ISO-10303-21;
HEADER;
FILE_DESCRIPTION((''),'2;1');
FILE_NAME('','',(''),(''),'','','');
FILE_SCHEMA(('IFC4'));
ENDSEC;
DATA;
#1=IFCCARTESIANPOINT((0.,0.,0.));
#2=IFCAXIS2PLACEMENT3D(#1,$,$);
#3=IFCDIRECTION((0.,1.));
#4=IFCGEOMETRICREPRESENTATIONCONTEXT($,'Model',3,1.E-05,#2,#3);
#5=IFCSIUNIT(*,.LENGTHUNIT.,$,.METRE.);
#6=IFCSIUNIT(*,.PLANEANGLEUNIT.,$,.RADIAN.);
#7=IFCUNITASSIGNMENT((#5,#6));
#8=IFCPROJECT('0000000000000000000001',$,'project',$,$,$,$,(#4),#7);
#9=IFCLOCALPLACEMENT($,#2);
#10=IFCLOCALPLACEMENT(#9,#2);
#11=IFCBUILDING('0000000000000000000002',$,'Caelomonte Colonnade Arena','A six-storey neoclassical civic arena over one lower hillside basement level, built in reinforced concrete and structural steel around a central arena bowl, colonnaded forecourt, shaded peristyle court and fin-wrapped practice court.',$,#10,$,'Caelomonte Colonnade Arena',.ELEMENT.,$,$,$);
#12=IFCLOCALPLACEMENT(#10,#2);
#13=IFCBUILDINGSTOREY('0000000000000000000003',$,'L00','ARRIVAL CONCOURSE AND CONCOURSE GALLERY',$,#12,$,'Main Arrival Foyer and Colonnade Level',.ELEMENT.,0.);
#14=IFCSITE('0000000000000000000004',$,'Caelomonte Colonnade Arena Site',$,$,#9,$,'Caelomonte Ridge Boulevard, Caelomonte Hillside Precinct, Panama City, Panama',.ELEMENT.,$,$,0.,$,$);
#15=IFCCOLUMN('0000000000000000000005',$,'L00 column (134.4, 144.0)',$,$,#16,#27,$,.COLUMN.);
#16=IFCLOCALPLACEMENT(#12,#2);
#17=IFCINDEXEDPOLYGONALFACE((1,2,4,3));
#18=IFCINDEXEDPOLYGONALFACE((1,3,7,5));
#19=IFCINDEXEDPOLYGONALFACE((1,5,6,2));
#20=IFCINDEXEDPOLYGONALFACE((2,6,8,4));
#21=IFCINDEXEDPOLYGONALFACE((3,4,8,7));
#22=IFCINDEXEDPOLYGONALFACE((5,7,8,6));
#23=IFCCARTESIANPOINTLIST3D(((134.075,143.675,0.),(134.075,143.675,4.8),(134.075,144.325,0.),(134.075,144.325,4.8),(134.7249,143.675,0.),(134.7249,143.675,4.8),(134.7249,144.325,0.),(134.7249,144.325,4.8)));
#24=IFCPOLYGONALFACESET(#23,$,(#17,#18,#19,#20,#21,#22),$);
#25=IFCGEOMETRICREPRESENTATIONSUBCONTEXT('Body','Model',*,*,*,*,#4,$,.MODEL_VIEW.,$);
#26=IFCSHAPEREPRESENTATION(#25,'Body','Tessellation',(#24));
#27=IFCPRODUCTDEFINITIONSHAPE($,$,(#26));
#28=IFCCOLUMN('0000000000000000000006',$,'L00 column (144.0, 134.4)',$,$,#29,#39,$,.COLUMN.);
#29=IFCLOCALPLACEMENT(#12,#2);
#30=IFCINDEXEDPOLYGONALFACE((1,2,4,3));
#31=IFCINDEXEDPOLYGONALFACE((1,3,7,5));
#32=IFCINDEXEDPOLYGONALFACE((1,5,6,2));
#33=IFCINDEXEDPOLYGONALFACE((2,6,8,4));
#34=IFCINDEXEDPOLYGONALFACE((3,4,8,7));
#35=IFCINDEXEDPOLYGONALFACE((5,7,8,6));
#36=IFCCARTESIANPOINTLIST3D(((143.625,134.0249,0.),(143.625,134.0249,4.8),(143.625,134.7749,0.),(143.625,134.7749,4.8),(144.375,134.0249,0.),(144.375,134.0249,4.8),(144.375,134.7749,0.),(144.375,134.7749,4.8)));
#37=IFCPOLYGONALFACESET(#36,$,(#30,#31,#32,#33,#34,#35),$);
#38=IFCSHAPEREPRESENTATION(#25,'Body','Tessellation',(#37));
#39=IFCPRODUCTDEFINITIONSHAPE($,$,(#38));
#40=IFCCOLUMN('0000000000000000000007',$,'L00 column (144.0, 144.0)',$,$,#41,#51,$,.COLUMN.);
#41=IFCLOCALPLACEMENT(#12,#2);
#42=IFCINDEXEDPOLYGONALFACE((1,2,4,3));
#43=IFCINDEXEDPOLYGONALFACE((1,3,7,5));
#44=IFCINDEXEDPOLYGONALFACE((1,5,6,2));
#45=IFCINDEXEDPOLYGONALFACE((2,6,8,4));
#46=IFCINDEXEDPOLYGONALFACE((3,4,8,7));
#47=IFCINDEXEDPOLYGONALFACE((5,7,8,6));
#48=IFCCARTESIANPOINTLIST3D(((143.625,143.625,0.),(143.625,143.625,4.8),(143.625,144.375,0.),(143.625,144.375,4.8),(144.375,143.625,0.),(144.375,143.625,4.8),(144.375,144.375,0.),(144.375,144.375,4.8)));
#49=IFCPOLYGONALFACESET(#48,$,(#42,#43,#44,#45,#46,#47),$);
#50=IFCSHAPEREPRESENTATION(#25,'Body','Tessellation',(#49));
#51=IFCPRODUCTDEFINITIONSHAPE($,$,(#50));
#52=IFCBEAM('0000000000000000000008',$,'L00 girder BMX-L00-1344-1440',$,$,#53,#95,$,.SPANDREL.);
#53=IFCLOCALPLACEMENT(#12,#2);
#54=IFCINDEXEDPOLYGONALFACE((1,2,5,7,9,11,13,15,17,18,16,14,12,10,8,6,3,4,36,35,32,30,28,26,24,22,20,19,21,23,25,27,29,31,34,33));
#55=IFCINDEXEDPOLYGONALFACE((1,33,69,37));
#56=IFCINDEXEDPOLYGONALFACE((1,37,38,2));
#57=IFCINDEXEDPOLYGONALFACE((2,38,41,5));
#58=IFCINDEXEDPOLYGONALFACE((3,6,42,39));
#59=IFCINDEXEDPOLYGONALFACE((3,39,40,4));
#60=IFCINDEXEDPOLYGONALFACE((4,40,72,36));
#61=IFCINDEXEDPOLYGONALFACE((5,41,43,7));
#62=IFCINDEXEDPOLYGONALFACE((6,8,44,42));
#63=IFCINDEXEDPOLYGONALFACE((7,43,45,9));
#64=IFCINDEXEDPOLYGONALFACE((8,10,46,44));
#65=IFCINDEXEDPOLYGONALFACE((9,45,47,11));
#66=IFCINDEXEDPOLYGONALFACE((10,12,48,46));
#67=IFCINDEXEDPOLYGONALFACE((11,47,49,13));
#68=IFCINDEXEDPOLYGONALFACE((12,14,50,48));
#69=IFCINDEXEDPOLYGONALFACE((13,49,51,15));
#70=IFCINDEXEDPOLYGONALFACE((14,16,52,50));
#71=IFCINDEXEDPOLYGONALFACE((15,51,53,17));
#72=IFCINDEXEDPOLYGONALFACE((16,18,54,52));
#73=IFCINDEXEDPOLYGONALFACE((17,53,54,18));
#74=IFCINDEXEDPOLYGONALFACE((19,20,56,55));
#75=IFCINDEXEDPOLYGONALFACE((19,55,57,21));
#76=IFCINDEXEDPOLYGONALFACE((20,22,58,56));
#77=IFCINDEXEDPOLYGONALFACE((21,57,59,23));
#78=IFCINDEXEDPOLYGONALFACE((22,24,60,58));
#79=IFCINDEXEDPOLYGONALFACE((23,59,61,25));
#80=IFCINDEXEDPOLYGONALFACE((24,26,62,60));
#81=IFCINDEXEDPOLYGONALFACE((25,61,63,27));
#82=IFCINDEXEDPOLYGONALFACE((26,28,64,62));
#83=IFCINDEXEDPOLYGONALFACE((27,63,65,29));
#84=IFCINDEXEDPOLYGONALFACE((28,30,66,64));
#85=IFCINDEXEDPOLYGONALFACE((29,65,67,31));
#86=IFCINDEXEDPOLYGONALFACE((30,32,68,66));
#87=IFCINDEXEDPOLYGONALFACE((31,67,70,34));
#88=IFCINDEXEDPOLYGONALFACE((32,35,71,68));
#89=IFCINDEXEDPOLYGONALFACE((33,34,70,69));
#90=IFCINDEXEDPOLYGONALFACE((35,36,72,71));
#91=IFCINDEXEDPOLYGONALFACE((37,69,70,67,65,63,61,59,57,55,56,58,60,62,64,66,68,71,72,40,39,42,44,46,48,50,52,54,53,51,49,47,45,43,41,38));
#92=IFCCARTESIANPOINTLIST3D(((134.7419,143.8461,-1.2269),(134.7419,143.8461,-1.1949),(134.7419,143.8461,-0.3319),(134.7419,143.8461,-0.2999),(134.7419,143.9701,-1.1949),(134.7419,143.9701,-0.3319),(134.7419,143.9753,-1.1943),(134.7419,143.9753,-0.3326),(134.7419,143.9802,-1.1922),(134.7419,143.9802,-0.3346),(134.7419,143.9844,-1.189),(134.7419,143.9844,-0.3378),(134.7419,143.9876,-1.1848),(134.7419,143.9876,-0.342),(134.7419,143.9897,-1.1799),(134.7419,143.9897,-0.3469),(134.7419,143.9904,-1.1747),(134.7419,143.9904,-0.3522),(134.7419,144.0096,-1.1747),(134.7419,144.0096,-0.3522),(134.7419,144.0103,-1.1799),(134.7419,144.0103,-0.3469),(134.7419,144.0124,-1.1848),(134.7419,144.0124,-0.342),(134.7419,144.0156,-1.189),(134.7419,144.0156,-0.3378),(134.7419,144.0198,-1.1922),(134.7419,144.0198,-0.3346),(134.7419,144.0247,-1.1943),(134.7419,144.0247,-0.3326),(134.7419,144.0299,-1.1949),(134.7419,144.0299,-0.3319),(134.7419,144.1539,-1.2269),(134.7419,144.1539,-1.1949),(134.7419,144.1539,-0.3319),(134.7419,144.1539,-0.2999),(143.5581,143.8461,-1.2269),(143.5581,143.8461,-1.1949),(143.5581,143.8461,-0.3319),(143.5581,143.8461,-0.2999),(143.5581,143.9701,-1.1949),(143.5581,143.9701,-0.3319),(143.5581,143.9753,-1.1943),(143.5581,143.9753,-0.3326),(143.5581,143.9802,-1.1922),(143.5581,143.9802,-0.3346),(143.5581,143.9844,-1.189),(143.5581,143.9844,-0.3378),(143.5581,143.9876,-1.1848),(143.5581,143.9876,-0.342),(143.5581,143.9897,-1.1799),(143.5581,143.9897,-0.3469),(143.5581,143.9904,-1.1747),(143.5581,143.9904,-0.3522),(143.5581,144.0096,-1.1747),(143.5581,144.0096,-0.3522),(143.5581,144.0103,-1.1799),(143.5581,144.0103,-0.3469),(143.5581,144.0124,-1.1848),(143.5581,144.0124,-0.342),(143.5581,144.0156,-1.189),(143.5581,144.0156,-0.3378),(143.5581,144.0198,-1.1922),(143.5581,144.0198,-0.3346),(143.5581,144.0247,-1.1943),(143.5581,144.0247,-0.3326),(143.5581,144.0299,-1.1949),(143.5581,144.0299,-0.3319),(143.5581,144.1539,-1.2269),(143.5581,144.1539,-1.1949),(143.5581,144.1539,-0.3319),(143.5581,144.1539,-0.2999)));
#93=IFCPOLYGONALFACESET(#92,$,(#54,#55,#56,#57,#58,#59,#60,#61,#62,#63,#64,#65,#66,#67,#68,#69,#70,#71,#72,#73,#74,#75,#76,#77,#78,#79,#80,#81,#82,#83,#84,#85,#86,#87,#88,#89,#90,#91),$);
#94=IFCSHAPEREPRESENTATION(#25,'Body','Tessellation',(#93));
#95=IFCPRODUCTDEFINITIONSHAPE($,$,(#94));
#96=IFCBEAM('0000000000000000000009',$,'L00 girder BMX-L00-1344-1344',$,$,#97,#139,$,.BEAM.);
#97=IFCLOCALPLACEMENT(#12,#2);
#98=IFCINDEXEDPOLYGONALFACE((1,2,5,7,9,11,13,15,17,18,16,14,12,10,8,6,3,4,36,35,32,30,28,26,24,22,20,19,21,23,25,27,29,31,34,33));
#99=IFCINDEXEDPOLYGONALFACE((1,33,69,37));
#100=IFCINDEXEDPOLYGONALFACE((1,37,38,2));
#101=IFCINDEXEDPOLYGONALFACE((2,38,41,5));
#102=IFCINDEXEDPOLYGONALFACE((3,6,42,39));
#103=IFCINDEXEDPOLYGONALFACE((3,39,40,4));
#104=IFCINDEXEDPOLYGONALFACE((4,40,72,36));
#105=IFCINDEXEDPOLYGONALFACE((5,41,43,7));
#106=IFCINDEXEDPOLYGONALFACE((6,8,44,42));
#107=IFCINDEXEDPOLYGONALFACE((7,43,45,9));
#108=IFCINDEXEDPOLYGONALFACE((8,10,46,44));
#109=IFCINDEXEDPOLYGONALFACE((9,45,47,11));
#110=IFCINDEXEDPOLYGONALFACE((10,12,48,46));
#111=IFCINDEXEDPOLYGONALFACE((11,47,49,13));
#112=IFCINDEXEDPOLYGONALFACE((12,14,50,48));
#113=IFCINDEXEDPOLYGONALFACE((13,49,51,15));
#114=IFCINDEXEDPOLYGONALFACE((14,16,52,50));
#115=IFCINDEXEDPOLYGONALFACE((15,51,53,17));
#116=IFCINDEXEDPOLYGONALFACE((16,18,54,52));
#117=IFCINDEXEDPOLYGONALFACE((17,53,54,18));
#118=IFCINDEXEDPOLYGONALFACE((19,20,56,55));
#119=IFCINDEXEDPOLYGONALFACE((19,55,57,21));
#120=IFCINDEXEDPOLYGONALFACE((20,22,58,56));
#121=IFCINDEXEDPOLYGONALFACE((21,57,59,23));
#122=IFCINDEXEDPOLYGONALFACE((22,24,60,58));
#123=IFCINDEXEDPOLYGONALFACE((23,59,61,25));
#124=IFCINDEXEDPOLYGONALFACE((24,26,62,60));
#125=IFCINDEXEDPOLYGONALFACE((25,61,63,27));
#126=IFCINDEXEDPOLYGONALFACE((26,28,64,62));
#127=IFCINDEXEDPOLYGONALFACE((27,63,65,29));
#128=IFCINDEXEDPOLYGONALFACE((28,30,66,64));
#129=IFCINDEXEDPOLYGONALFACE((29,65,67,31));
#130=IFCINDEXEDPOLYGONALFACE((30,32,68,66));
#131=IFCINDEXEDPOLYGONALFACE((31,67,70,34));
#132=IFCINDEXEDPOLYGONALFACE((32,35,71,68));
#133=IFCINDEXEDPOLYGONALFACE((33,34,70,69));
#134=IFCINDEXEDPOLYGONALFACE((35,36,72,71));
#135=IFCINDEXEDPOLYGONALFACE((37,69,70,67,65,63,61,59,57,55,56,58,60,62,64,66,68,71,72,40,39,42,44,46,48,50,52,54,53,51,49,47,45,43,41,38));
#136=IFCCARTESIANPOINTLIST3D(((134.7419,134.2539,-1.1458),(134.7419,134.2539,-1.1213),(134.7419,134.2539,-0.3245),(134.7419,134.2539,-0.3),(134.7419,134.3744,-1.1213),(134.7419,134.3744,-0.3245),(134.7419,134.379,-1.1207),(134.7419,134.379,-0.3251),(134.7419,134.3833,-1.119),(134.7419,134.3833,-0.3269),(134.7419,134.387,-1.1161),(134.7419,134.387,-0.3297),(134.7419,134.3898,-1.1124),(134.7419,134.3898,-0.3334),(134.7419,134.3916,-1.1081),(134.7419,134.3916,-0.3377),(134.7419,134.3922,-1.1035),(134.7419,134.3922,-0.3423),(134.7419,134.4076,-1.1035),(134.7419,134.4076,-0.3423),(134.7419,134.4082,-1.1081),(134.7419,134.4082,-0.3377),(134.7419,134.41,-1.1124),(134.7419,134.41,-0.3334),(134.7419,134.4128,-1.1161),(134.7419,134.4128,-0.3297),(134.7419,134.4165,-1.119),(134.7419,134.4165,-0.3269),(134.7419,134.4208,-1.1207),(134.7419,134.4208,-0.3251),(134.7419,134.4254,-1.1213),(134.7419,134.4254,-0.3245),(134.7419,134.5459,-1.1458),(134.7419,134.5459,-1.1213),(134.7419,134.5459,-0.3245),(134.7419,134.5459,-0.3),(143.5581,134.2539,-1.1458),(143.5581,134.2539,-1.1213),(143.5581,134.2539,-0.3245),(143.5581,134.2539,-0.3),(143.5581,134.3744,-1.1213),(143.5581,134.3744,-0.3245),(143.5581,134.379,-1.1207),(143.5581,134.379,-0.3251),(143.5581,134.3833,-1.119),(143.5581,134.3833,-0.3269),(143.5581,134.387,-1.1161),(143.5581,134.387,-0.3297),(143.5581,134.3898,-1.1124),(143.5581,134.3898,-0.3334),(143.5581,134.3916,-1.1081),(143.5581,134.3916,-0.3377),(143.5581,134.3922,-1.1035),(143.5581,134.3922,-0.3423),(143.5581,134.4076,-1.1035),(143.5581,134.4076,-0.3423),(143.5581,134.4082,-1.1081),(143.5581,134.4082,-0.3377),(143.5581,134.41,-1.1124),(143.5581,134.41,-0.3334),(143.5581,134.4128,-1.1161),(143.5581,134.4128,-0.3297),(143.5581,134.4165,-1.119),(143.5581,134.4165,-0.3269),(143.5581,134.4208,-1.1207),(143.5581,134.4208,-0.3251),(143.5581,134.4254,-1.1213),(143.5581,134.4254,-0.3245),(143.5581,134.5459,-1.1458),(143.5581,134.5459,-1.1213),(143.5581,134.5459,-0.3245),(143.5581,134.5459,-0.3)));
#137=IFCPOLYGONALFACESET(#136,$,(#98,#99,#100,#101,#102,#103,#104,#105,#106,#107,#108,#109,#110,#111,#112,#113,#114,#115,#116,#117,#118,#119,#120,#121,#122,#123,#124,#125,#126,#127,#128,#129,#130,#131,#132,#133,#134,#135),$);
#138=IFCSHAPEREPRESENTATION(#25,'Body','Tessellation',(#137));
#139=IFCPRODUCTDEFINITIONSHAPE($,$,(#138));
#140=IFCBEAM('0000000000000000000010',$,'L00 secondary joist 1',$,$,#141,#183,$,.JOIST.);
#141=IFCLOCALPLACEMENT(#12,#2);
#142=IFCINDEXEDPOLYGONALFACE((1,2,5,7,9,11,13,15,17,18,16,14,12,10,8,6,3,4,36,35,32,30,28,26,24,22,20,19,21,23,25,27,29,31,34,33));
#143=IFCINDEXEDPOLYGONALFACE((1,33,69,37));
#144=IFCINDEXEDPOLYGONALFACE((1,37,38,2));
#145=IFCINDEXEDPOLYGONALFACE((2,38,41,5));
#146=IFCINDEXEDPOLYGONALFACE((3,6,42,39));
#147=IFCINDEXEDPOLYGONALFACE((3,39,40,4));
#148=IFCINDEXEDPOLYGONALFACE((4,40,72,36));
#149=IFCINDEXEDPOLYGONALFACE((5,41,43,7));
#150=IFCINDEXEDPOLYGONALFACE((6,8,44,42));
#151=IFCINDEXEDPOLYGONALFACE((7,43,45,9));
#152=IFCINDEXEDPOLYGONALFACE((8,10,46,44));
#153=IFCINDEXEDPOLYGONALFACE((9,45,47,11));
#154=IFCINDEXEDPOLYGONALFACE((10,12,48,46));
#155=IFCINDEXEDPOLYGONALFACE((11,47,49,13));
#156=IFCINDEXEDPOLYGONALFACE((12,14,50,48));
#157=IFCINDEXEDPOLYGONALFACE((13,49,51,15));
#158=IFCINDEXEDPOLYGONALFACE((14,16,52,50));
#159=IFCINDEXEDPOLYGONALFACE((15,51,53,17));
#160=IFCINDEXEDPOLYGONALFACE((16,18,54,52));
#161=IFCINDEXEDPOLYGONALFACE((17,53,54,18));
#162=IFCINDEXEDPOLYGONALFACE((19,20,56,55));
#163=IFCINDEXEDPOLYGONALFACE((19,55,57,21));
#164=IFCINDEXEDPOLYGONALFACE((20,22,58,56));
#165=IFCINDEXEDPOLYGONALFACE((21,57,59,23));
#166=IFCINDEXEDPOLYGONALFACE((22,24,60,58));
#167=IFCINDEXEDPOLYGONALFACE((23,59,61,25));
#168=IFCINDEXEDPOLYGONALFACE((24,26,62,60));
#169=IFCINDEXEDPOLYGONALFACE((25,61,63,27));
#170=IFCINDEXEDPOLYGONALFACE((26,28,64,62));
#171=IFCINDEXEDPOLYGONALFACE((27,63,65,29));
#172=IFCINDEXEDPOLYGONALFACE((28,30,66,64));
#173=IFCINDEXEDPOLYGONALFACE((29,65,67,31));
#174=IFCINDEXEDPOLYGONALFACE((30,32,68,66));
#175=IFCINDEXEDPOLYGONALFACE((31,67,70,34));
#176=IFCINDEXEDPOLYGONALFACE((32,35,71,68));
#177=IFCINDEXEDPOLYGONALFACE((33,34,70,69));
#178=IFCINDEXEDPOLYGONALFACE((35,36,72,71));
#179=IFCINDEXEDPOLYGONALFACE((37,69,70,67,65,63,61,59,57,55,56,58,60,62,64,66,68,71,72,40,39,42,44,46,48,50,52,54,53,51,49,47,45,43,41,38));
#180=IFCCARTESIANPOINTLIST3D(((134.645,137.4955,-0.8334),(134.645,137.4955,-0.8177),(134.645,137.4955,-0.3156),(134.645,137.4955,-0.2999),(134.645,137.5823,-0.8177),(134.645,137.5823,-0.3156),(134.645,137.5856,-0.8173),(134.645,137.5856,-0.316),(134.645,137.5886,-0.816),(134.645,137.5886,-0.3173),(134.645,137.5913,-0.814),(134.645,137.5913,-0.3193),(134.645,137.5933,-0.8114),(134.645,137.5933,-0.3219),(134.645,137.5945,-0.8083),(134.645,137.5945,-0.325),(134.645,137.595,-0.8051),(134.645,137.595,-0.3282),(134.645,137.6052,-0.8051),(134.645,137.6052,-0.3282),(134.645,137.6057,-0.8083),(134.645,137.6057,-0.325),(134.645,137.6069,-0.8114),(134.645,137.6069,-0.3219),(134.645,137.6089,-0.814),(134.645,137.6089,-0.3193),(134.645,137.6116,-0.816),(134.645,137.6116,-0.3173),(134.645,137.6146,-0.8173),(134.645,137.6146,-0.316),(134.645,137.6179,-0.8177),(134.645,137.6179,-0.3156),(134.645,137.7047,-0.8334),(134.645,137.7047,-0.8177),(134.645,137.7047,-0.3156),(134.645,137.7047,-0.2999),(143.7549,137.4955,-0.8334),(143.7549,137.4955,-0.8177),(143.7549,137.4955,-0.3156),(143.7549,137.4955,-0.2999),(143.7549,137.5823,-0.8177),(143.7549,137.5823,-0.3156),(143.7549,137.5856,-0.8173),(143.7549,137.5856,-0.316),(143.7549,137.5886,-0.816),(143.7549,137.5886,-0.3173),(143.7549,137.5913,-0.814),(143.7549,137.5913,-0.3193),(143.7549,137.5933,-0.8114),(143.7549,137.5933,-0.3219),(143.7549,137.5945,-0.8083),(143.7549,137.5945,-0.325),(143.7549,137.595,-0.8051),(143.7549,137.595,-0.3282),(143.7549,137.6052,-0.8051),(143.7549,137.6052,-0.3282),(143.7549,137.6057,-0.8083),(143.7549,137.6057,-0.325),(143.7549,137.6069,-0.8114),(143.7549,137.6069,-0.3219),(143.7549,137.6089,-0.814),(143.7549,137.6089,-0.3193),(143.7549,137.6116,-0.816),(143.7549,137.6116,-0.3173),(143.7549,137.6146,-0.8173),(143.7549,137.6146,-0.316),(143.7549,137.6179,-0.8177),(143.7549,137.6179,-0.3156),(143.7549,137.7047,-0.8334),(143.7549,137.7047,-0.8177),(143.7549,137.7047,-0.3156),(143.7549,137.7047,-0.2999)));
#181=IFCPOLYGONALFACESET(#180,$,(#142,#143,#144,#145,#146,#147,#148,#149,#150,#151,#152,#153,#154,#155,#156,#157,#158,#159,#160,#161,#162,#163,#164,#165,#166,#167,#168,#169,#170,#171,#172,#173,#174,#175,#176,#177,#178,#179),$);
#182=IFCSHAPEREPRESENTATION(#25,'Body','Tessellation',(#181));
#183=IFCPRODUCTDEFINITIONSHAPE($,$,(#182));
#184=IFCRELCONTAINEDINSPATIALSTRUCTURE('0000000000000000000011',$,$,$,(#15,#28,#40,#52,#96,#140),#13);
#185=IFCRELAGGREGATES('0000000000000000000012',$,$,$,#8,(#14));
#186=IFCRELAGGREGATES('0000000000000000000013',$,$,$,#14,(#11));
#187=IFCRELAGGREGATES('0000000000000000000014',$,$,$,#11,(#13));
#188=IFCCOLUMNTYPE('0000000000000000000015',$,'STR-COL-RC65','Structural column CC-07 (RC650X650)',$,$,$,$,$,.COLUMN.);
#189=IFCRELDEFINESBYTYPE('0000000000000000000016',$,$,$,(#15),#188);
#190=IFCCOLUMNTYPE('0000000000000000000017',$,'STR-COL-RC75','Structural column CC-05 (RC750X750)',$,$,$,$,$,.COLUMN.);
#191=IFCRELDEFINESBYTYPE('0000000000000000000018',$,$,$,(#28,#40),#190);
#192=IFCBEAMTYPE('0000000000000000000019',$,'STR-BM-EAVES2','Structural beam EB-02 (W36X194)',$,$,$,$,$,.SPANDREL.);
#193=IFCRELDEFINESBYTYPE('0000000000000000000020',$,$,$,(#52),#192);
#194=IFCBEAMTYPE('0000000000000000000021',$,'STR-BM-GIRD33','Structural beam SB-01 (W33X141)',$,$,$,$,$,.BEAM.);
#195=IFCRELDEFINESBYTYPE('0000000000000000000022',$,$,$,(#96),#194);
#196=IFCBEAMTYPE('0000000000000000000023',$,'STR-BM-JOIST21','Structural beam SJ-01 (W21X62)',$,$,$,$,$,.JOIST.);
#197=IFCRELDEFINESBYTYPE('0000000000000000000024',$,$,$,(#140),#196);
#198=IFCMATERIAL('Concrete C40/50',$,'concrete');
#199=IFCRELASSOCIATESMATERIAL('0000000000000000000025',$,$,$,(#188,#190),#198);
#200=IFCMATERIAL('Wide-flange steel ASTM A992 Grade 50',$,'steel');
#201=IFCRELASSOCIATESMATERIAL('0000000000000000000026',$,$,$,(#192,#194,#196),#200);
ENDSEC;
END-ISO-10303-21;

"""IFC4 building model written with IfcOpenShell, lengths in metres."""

from ifc_helpers import new_model, si_unit, direction, frame, origin, origin_2d, place, context, subcontext, project, spatial, rectangle, i_section, extrude, material, material_profile, profile_set, type_object, element, save


model = new_model("IFC4")

# Units and contexts
model_context = context("Model", 3, precision=1e-05, world=origin(), true_north=direction((0.0, 1.0)))
body_context = subcontext(model_context, "Body", "Model", "MODEL_VIEW")
ifc_project = project(units=[si_unit("LENGTHUNIT", "METRE"), si_unit("PLANEANGLEUNIT", "RADIAN")], contexts=[model_context])

# Site, building, storey
site_placement = place(None, origin())
site = spatial("IfcSite", under=ifc_project, at=site_placement, Name="Caelomonte Colonnade Arena Site", LongName="Caelomonte Ridge Boulevard, Caelomonte Hillside Precinct, Panama City, Panama", CompositionType="ELEMENT", RefElevation=0.0)
building_placement = place(site_placement, origin())
building = spatial("IfcBuilding", under=site, at=building_placement, Name="Caelomonte Colonnade Arena", Description="A six-storey neoclassical civic arena over one lower hillside basement level, built in reinforced concrete and structural steel around a central arena bowl, colonnaded forecourt, shaded peristyle court and fin-wrapped practice court.", LongName="Caelomonte Colonnade Arena", CompositionType="ELEMENT")
storey_placement = place(building_placement, origin())
storey = spatial("IfcBuildingStorey", under=building, at=storey_placement, Name="L00", Description="ARRIVAL CONCOURSE AND CONCOURSE GALLERY", LongName="Main Arrival Foyer and Colonnade Level", CompositionType="ELEMENT", Elevation=0.0)

# Columns
ifc_material_1 = material(Name="Concrete C40/50", Category="concrete")
ifc_material_profile_1 = material_profile(ifc_material_1, rectangle(XDim=0.6499, YDim=0.6499, at=origin_2d()), Name="RC650X650")
ifc_profile_set_1 = profile_set([ifc_material_profile_1], Name="Concrete C40/50")
column_type_1 = type_object("IfcColumnType", Name="STR-COL-RC65", Description="Structural column CC-07 (RC650X650)", PredefinedType="COLUMN", material=ifc_profile_set_1)
column_placement = place(storey_placement, frame((134.3999, 144.0, 0.0), z_axis=(0.0, 0.0, 1.0), x_axis=(1.0, 0.0, 0.0)))
element("IfcColumn", 1, at=column_placement, inside=storey, type_object=column_type_1, Name="L00 column (134.4, 144.0)", PredefinedType="COLUMN", context=body_context, shape_type="SweptSolid", body=[
    extrude(rectangle(XDim=0.6499, YDim=0.6499, at=origin_2d()), origin(), (0.0, 0.0, 1.0), 4.8),
])
ifc_material_profile_2 = material_profile(ifc_material_1, rectangle(XDim=0.75, YDim=0.75, at=origin_2d()), Name="RC750X750")
ifc_profile_set_2 = profile_set([ifc_material_profile_2], Name="Concrete C40/50")
column_type_2 = type_object("IfcColumnType", Name="STR-COL-RC75", Description="Structural column CC-05 (RC750X750)", PredefinedType="COLUMN", material=ifc_profile_set_2)
for number, where, z_axis, x_axis, name in (
    (2, (144.0, 134.3999, 0.0), (0.0, 0.0, 1.0), (1.0, 0.0, 0.0), "L00 column (144.0, 134.4)"),
    (3, (144.0, 144.0, 0.0), (0.0, 0.0, 1.0), (1.0, 0.0, 0.0), "L00 column (144.0, 144.0)"),
):
    element("IfcColumn", number, at=place(storey_placement, frame(where, z_axis=z_axis, x_axis=x_axis)), inside=storey, type_object=column_type_2, Name=name, PredefinedType="COLUMN", context=body_context, shape_type="SweptSolid", body=[
        extrude(rectangle(XDim=0.75, YDim=0.75, at=origin_2d()), origin(), (0.0, 0.0, 1.0), 4.8),
    ])

# Beams
ifc_material_2 = material(Name="Wide-flange steel ASTM A992 Grade 50", Category="steel")
ifc_material_profile_3 = material_profile(ifc_material_2, i_section(OverallWidth=0.3079, OverallDepth=0.927, WebThickness=0.0193, FlangeThickness=0.032, FilletRadius=0.0203, at=origin_2d()), Name="W36X194")
ifc_profile_set_3 = profile_set([ifc_material_profile_3], Name="Wide-flange steel ASTM A992 Grade 50")
beam_type_1 = type_object("IfcBeamType", Name="STR-BM-EAVES2", Description="Structural beam EB-02 (W36X194)", PredefinedType="SPANDREL", material=ifc_profile_set_3)
beam_1_placement = place(storey_placement, frame((134.7419, 144.0, -0.7634), z_axis=(1.0, 0.0, 0.0), x_axis=(0.0, 1.0, 0.0)))
element("IfcBeam", 4, at=beam_1_placement, inside=storey, type_object=beam_type_1, Name="L00 girder BMX-L00-1344-1440", PredefinedType="SPANDREL", context=body_context, shape_type="SweptSolid", body=[
    extrude(i_section(OverallWidth=0.3079, OverallDepth=0.927, WebThickness=0.0193, FlangeThickness=0.032, FilletRadius=0.0203, at=origin_2d()), origin(), (0.0, 0.0, 1.0), 8.8162),
])
ifc_material_profile_4 = material_profile(ifc_material_2, i_section(OverallWidth=0.292, OverallDepth=0.8457, WebThickness=0.0154, FlangeThickness=0.0244, FilletRadius=0.0178, at=origin_2d()), Name="W33X141")
ifc_profile_set_4 = profile_set([ifc_material_profile_4], Name="Wide-flange steel ASTM A992 Grade 50")
beam_type_2 = type_object("IfcBeamType", Name="STR-BM-GIRD33", Description="Structural beam SB-01 (W33X141)", PredefinedType="BEAM", material=ifc_profile_set_4)
beam_2_placement = place(storey_placement, frame((134.7419, 134.3999, -0.7229), z_axis=(1.0, 0.0, 0.0), x_axis=(0.0, 1.0, 0.0)))
element("IfcBeam", 5, at=beam_2_placement, inside=storey, type_object=beam_type_2, Name="L00 girder BMX-L00-1344-1344", PredefinedType="BEAM", context=body_context, shape_type="SweptSolid", body=[
    extrude(i_section(OverallWidth=0.292, OverallDepth=0.8457, WebThickness=0.0154, FlangeThickness=0.0244, FilletRadius=0.0178, at=origin_2d()), origin(), (0.0, 0.0, 1.0), 8.8162),
])
ifc_material_profile_5 = material_profile(ifc_material_2, i_section(OverallWidth=0.2092, OverallDepth=0.5334, WebThickness=0.0103, FlangeThickness=0.0156, FilletRadius=0.0127, at=origin_2d()), Name="W21X62")
ifc_profile_set_5 = profile_set([ifc_material_profile_5], Name="Wide-flange steel ASTM A992 Grade 50")
beam_type_3 = type_object("IfcBeamType", Name="STR-BM-JOIST21", Description="Structural beam SJ-01 (W21X62)", PredefinedType="JOIST", material=ifc_profile_set_5)
for number, where, z_axis, x_axis, name in (
    (6, (134.645, 137.6001, -0.5667), (1.0, 0.0, 0.0), (0.0, 1.0, 0.0), "L00 secondary joist 1"),
):
    element("IfcBeam", number, at=place(storey_placement, frame(where, z_axis=z_axis, x_axis=x_axis)), inside=storey, type_object=beam_type_3, Name=name, PredefinedType="JOIST", context=body_context, shape_type="SweptSolid", body=[
        extrude(i_section(OverallWidth=0.2092, OverallDepth=0.5334, WebThickness=0.0103, FlangeThickness=0.0156, FilletRadius=0.0127, at=origin_2d()), origin(), (0.0, 0.0, 1.0), 9.1099),
    ])

save(model, "model.ifc")
